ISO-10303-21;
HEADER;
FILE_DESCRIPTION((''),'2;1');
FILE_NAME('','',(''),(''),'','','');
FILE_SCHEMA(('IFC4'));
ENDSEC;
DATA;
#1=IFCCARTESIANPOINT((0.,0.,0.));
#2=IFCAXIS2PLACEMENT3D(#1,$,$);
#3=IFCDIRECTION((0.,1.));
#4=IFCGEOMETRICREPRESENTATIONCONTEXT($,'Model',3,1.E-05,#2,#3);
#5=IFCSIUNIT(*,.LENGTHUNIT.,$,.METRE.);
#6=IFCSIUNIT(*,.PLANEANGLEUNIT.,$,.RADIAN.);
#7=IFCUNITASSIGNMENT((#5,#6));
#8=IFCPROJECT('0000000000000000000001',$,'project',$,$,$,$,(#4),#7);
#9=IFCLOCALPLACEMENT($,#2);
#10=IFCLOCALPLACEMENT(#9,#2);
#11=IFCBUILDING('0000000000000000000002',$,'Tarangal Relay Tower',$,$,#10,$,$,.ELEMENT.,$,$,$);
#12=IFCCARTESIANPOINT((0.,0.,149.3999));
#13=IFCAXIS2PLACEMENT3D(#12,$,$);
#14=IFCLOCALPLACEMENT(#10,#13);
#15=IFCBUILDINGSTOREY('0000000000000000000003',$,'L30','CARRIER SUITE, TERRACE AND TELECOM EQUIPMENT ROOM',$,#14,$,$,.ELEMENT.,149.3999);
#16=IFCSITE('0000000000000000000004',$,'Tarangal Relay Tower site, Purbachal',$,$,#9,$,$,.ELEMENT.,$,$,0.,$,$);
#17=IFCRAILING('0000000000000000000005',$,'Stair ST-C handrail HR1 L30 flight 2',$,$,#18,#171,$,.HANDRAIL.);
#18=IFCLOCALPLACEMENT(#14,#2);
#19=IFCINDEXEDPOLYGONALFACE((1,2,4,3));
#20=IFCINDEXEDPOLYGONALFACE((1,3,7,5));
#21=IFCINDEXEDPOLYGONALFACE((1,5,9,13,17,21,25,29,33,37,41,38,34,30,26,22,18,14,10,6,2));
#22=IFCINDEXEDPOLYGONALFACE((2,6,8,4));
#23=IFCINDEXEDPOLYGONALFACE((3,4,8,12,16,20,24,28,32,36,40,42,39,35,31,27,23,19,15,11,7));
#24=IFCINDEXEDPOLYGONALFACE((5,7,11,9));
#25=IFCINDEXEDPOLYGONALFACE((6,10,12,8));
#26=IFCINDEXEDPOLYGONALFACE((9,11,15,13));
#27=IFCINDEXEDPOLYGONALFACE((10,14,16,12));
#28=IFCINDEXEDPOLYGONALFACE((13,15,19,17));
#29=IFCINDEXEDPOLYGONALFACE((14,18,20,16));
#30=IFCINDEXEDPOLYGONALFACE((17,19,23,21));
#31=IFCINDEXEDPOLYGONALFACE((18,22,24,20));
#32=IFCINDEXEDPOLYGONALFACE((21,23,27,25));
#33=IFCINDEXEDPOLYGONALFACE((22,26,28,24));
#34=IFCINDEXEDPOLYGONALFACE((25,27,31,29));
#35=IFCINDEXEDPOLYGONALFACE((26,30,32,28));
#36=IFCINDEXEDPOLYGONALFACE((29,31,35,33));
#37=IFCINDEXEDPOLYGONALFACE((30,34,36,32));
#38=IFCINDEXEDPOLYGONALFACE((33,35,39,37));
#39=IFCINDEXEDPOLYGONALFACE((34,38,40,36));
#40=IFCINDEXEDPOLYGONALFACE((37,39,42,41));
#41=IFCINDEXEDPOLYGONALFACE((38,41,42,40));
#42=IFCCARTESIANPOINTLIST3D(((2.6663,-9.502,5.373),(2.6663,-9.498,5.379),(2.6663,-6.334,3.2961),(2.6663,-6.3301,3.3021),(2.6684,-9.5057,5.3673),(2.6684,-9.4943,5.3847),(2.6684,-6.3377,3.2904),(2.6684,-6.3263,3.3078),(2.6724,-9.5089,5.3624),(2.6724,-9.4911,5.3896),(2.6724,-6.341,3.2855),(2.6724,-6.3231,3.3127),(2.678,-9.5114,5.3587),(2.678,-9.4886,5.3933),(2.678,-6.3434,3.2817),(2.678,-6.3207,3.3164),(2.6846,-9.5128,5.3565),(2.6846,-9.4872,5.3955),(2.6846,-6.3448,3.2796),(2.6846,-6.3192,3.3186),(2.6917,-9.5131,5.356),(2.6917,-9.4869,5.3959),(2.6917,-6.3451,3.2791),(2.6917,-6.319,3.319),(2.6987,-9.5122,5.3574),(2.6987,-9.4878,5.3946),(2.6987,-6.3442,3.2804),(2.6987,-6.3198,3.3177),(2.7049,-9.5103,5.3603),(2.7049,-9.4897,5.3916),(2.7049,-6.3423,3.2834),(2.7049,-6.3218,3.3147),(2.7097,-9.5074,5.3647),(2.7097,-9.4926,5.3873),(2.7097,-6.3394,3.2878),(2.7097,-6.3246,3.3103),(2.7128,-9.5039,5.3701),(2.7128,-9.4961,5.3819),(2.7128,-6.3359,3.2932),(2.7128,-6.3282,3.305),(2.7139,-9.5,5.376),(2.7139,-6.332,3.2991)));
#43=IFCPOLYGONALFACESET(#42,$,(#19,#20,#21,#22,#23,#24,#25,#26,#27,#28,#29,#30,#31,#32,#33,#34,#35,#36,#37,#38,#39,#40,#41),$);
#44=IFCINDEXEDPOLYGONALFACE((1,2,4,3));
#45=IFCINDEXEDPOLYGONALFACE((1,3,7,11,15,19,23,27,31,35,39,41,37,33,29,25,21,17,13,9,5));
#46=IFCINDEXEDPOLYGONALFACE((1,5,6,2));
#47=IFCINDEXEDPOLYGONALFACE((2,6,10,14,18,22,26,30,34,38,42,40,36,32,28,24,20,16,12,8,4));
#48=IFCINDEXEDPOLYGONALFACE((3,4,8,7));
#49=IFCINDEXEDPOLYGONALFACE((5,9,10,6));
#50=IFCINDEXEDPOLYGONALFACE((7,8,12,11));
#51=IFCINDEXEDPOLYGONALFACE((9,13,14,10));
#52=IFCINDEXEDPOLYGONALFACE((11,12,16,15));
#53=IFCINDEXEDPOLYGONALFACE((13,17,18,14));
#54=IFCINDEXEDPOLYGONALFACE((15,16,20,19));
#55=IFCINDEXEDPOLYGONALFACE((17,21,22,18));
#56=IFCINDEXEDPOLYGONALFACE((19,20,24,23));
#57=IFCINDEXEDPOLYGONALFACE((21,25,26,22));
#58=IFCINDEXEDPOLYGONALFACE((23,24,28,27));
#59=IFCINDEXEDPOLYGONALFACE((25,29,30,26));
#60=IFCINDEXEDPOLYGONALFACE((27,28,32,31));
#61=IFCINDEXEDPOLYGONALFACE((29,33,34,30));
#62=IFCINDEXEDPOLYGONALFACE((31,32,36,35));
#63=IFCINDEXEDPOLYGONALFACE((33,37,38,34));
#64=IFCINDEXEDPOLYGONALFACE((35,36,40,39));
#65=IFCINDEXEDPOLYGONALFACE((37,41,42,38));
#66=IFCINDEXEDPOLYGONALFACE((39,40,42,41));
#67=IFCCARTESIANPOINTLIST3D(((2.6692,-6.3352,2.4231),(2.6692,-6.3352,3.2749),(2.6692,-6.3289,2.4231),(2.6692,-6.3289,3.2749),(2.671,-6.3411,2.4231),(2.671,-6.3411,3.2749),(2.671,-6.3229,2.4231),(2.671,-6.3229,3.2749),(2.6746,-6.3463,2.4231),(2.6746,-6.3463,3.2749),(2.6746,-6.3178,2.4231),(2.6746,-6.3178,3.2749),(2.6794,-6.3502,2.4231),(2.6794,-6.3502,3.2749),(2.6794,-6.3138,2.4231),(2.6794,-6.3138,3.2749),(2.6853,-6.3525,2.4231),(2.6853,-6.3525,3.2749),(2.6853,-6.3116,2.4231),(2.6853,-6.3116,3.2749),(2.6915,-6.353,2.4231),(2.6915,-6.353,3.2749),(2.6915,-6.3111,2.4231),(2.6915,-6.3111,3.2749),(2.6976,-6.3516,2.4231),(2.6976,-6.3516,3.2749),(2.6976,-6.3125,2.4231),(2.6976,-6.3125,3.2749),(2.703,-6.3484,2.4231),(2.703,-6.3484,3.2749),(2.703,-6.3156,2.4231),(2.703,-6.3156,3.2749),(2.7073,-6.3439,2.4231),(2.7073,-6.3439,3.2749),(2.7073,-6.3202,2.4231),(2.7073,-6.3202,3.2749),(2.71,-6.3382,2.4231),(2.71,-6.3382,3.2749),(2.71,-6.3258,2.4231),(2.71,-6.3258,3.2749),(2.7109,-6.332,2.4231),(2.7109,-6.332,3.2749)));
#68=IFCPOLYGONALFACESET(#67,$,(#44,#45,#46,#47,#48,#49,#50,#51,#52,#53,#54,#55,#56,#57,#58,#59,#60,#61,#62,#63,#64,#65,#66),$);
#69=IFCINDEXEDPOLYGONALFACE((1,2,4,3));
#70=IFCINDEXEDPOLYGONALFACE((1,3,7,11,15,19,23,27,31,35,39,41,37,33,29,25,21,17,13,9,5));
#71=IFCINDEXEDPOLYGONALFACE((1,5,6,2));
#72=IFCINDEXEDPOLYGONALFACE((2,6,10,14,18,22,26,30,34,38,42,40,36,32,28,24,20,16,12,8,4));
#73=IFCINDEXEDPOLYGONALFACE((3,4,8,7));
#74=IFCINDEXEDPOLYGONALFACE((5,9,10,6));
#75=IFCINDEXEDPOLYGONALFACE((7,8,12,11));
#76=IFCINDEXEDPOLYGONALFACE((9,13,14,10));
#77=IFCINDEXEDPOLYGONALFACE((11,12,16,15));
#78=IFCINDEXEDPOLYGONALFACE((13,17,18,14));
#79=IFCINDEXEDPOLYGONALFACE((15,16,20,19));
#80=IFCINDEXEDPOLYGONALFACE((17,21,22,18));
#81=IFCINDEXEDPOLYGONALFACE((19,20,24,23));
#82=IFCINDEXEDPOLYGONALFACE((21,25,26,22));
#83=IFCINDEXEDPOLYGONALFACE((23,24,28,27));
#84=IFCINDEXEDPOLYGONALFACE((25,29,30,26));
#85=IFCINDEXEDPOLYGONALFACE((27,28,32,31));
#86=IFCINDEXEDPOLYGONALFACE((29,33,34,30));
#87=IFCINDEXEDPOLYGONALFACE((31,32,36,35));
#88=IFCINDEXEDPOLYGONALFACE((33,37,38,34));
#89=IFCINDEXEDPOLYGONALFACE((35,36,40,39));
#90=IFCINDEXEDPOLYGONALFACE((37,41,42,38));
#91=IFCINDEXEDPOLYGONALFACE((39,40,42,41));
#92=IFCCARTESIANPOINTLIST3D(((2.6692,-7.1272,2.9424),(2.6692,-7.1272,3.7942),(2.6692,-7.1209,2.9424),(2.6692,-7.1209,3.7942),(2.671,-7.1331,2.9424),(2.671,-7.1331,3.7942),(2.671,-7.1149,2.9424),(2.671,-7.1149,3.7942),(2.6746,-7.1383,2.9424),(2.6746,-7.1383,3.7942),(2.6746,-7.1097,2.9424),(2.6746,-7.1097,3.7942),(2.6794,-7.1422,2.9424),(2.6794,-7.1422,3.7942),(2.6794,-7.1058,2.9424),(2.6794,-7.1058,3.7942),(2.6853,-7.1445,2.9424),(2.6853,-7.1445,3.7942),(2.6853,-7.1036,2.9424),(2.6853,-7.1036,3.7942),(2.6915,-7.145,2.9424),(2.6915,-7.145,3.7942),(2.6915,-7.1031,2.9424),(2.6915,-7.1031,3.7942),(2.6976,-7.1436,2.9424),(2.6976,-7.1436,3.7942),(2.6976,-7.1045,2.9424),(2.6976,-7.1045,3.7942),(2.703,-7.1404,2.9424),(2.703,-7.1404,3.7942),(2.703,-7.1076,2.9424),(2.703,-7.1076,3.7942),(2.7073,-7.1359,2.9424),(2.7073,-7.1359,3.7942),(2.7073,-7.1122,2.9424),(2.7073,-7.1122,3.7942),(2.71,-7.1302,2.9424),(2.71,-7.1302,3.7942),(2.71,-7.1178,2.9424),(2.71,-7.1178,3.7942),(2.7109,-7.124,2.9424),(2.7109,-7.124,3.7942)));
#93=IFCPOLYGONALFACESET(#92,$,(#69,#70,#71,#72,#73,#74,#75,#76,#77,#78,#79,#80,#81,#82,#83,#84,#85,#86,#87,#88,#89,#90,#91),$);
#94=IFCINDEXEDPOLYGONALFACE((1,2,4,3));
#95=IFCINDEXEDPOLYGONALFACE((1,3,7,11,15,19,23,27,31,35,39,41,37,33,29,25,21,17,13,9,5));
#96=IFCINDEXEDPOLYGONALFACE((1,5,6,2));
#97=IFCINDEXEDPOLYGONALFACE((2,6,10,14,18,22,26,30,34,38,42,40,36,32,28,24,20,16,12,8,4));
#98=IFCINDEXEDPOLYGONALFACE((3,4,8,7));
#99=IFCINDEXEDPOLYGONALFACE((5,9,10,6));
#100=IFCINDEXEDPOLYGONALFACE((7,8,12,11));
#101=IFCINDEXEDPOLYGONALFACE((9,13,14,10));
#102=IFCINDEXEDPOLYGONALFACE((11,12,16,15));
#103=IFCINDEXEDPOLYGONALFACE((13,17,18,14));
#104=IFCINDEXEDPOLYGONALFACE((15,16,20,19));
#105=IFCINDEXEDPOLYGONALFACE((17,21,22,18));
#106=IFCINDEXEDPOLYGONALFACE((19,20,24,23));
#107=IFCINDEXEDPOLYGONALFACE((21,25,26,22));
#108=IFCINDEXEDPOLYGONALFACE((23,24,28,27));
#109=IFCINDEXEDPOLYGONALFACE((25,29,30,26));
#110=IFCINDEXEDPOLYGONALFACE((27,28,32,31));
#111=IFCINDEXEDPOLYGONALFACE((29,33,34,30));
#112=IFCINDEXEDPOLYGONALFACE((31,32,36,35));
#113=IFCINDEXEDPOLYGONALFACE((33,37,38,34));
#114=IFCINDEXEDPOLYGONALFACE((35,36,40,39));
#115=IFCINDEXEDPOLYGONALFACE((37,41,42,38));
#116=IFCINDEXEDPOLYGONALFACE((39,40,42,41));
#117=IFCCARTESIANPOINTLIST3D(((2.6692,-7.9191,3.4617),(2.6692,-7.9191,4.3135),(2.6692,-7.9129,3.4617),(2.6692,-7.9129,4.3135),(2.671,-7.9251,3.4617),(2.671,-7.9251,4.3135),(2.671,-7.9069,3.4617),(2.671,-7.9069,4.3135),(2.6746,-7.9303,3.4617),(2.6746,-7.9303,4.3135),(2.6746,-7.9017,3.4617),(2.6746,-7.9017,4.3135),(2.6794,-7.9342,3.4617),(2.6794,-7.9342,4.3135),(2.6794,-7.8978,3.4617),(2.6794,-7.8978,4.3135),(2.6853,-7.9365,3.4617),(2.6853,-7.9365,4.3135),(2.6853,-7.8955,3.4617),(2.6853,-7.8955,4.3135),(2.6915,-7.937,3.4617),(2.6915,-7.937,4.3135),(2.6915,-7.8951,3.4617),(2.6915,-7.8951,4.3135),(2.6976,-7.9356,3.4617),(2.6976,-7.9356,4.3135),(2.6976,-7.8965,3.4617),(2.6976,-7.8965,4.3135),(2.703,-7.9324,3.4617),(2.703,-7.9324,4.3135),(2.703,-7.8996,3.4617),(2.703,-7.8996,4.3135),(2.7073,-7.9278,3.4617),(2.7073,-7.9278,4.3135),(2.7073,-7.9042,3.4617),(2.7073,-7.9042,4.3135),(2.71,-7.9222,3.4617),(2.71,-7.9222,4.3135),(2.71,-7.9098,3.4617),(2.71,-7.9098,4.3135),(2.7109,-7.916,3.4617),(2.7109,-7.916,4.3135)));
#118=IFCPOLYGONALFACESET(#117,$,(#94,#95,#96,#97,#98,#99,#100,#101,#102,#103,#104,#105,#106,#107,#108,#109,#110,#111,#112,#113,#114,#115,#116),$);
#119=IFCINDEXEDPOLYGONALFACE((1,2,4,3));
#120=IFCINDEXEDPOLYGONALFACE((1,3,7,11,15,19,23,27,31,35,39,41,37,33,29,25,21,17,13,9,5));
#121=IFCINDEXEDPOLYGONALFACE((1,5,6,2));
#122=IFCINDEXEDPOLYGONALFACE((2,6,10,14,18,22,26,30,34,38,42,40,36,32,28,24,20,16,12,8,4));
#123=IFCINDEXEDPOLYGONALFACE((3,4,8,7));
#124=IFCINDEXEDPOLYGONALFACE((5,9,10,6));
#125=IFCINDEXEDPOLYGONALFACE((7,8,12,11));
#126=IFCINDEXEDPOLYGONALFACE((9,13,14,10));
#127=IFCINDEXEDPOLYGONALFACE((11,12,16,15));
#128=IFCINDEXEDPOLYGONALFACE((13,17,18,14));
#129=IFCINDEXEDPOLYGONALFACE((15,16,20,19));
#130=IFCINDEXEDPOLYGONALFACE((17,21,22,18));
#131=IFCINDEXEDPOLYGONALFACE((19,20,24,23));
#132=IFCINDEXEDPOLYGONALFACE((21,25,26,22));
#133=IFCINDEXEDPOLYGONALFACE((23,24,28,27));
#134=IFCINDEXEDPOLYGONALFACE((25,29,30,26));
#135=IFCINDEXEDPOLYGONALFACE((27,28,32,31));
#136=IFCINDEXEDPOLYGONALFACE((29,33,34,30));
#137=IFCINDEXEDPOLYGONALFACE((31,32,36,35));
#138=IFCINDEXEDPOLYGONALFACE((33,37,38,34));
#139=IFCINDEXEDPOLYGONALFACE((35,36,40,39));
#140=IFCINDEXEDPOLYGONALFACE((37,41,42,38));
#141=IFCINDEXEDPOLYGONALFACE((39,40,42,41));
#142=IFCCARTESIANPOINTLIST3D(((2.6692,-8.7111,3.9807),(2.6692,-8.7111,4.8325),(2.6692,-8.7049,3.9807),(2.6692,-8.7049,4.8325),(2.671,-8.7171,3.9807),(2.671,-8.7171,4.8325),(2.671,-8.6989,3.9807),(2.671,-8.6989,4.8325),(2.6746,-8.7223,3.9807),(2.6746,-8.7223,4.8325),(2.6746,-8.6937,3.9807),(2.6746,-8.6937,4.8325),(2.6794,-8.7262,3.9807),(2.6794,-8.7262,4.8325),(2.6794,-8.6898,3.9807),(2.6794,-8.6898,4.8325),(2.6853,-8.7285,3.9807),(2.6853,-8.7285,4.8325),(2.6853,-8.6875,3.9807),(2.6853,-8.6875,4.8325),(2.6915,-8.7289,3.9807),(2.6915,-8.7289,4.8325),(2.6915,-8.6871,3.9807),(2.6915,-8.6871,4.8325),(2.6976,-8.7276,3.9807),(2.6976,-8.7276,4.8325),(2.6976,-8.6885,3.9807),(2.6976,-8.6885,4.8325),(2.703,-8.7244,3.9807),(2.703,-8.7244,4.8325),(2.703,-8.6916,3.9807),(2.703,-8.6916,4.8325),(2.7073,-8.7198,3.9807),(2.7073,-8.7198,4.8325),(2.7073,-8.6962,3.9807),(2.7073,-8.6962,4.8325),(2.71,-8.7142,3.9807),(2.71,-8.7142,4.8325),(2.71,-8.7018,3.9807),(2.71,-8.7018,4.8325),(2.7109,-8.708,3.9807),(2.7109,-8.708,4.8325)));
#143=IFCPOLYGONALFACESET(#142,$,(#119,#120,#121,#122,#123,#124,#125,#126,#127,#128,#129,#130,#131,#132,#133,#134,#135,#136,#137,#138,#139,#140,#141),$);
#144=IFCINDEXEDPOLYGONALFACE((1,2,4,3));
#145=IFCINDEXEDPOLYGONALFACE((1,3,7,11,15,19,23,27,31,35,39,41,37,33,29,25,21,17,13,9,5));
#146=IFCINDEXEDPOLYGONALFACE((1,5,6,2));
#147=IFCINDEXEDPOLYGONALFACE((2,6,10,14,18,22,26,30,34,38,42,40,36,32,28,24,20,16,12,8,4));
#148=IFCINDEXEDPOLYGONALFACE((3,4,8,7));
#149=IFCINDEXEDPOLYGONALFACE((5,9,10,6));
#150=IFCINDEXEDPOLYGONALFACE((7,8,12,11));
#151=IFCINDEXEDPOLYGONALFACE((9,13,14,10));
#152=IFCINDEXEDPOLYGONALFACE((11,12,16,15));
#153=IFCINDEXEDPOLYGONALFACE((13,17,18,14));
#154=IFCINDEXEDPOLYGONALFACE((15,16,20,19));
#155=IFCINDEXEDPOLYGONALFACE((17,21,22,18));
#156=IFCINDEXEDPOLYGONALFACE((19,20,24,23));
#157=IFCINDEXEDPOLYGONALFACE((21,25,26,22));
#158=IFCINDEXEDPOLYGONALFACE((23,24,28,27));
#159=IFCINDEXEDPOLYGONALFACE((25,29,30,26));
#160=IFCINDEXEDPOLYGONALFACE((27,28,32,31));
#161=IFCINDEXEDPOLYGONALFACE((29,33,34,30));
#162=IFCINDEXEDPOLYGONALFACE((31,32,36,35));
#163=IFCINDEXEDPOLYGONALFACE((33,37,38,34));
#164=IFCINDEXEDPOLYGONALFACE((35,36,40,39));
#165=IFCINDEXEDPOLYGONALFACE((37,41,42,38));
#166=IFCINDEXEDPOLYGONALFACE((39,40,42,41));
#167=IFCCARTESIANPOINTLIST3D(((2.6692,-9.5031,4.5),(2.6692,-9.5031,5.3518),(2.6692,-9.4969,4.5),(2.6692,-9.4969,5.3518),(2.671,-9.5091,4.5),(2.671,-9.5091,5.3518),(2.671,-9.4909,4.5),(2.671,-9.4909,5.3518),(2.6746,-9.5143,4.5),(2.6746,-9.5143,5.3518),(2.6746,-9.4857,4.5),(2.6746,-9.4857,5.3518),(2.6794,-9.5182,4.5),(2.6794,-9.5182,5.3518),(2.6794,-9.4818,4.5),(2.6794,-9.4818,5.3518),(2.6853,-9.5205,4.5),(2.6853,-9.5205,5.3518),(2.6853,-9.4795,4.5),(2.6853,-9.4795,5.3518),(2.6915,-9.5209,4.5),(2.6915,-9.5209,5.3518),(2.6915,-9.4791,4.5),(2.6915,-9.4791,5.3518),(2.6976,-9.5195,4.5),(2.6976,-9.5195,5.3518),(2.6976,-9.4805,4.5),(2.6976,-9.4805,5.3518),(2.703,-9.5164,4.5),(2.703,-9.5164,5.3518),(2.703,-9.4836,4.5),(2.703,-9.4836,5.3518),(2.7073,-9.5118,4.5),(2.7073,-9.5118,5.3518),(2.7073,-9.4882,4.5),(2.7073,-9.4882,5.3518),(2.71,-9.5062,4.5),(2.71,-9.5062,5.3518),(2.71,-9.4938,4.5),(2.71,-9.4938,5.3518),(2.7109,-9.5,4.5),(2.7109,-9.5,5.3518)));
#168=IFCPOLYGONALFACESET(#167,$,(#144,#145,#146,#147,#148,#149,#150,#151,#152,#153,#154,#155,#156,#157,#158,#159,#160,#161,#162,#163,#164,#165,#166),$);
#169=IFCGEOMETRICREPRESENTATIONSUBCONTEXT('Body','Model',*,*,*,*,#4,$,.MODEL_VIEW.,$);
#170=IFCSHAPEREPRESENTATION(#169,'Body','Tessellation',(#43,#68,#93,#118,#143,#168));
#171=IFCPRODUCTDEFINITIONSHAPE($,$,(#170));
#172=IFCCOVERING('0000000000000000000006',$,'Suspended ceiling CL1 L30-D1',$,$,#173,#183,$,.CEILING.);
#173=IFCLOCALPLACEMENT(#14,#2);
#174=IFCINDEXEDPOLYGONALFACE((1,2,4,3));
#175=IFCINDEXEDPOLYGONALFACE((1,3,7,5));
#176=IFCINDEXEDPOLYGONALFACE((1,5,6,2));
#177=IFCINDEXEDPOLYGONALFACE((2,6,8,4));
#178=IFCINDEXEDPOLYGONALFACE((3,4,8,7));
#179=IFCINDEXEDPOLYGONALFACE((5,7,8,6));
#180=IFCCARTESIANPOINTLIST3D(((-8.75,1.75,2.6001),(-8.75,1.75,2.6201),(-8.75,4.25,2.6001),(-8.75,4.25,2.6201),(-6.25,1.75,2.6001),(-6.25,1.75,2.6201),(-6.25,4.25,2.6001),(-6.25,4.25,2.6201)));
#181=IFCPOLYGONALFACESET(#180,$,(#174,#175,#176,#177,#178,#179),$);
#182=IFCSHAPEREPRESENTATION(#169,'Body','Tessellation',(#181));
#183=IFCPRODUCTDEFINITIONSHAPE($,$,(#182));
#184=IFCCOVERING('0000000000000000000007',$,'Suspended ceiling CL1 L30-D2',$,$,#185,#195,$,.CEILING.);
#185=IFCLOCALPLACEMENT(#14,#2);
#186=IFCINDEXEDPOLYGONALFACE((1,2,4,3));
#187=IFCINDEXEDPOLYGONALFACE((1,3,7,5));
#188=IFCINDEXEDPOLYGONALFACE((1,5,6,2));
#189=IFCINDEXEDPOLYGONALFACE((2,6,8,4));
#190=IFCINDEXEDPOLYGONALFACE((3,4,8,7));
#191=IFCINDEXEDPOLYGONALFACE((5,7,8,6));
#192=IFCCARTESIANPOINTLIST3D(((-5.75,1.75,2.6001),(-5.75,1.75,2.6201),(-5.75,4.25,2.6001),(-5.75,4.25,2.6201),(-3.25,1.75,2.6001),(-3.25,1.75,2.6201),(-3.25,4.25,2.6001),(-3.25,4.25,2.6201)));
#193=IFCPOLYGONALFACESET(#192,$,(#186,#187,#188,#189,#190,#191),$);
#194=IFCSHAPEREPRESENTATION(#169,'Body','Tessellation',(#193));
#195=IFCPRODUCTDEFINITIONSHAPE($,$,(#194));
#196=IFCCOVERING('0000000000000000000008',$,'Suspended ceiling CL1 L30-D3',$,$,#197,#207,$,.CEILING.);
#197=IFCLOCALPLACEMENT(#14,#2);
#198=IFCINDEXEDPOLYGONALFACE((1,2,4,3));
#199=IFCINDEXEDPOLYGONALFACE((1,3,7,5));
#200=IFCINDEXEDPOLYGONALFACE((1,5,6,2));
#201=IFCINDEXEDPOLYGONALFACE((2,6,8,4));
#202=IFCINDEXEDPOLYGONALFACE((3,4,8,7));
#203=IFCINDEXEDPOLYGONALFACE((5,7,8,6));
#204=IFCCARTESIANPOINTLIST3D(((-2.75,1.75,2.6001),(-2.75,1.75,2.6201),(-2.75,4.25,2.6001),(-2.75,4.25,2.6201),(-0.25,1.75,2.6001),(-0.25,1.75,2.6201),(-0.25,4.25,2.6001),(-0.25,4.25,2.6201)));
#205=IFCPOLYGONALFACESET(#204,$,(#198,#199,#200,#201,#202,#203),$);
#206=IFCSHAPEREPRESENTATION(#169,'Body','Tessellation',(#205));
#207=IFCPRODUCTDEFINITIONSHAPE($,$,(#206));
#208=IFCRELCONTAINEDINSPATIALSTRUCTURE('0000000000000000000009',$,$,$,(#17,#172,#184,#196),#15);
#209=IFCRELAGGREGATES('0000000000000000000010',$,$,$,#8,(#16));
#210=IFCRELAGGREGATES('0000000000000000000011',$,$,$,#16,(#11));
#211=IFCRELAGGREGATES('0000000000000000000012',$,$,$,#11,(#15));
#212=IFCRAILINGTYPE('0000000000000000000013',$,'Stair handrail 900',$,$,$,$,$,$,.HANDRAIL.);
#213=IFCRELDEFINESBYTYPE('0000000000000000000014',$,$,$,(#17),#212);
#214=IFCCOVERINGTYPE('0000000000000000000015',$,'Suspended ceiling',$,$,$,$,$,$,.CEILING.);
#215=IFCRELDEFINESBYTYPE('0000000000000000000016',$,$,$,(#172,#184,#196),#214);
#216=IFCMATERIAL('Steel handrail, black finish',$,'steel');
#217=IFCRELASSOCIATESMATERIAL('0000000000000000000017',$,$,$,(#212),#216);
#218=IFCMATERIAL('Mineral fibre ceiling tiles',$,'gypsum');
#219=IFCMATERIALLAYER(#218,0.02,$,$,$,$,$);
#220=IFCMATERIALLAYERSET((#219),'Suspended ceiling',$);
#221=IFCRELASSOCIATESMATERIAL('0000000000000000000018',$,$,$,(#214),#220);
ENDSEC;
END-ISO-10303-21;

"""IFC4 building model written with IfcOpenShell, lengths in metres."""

from ifc_helpers import new_model, si_unit, direction, frame, origin, origin_2d, place, context, subcontext, project, spatial, polyline, circle, outline, extrude, material, layer, layer_set, type_object, element, save


model = new_model("IFC4")

# Units and contexts
model_context = context("Model", 3, precision=1e-05, world=origin(), true_north=direction((0.0, 1.0)))
body_context = subcontext(model_context, "Body", "Model", "MODEL_VIEW")
ifc_project = project(units=[si_unit("LENGTHUNIT", "METRE"), si_unit("PLANEANGLEUNIT", "RADIAN")], contexts=[model_context])

# Site, building, storey
site_placement = place(None, origin())
site = spatial("IfcSite", under=ifc_project, at=site_placement, Name="Tarangal Relay Tower site, Purbachal", CompositionType="ELEMENT", RefElevation=0.0)
building_placement = place(site_placement, origin())
building = spatial("IfcBuilding", under=site, at=building_placement, Name="Tarangal Relay Tower", CompositionType="ELEMENT")
storey_placement = place(building_placement, frame((0.0, 0.0, 149.3999)))
storey = spatial("IfcBuildingStorey", under=building, at=storey_placement, Name="L30", Description="CARRIER SUITE, TERRACE AND TELECOM EQUIPMENT ROOM", CompositionType="ELEMENT", Elevation=149.3999)

# Railing
ifc_material_1 = material(Name="Steel handrail, black finish", Category="steel")
railing_type_1 = type_object("IfcRailingType", Name="Stair handrail 900", PredefinedType="HANDRAIL", material=ifc_material_1)
railing_1_placement = place(storey_placement, frame((2.6899, -6.332, 2.4231)))
element("IfcRailing", 1, at=railing_1_placement, inside=storey, type_object=railing_type_1, Name="Stair ST-C handrail HR1 L30 flight 2", PredefinedType="HANDRAIL", context=body_context, shape_type="SweptSolid", body=[
    extrude(circle(Radius=0.0239, at=origin_2d()), frame((0.0, 0.0, 0.876), z_axis=(0.0, -0.836299, 0.548273), x_axis=(1.0, 0.0, 0.0)), (0.0, 0.0, 1.0), 3.7881),
    extrude(circle(Radius=0.021, at=origin_2d()), origin(), (0.0, 0.0, 1.0), 0.8518),
    extrude(circle(Radius=0.021, at=origin_2d()), frame((0.0, -0.792, 0.5193)), (0.0, 0.0, 1.0), 0.8518),
    extrude(circle(Radius=0.021, at=origin_2d()), frame((0.0, -1.584, 1.0386)), (0.0, 0.0, 1.0), 0.8518),
    extrude(circle(Radius=0.021, at=origin_2d()), frame((0.0, -2.376, 1.5576)), (0.0, 0.0, 1.0), 0.8518),
    extrude(circle(Radius=0.021, at=origin_2d()), frame((0.0, -3.168, 2.0769)), (0.0, 0.0, 1.0), 0.8518),
])

# Coverings
ifc_material_2 = material(Name="Mineral fibre ceiling tiles", Category="gypsum")
ifc_layer_1 = layer(ifc_material_2, 0.02)
ifc_layer_set_1 = layer_set([ifc_layer_1], Name="Suspended ceiling")
covering_type_1 = type_object("IfcCoveringType", Name="Suspended ceiling", PredefinedType="CEILING", material=ifc_layer_set_1)
covering_1_placement = place(storey_placement, frame((0.0, 0.0, 2.6001)))
element("IfcCovering", 2, at=covering_1_placement, inside=storey, type_object=covering_type_1, Name="Suspended ceiling CL1 L30-D1", PredefinedType="CEILING", context=body_context, shape_type="SweptSolid", body=[
    extrude(outline(polyline([(-8.75, 1.75), (-6.25, 1.75), (-6.25, 4.25), (-8.75, 4.25), (-8.75, 1.75)])), origin(), (0.0, 0.0, 1.0), 0.02),
])
covering_2_placement = place(storey_placement, frame((0.0, 0.0, 2.6001)))
element("IfcCovering", 3, at=covering_2_placement, inside=storey, type_object=covering_type_1, Name="Suspended ceiling CL1 L30-D2", PredefinedType="CEILING", context=body_context, shape_type="SweptSolid", body=[
    extrude(outline(polyline([(-5.75, 1.75), (-3.25, 1.75), (-3.25, 4.25), (-5.75, 4.25), (-5.75, 1.75)])), origin(), (0.0, 0.0, 1.0), 0.02),
])
covering_3_placement = place(storey_placement, frame((0.0, 0.0, 2.6001)))
element("IfcCovering", 4, at=covering_3_placement, inside=storey, type_object=covering_type_1, Name="Suspended ceiling CL1 L30-D3", PredefinedType="CEILING", context=body_context, shape_type="SweptSolid", body=[
    extrude(outline(polyline([(-2.75, 1.75), (-0.25, 1.75), (-0.25, 4.25), (-2.75, 4.25), (-2.75, 1.75)])), origin(), (0.0, 0.0, 1.0), 0.02),
])

save(model, "model.ifc")
